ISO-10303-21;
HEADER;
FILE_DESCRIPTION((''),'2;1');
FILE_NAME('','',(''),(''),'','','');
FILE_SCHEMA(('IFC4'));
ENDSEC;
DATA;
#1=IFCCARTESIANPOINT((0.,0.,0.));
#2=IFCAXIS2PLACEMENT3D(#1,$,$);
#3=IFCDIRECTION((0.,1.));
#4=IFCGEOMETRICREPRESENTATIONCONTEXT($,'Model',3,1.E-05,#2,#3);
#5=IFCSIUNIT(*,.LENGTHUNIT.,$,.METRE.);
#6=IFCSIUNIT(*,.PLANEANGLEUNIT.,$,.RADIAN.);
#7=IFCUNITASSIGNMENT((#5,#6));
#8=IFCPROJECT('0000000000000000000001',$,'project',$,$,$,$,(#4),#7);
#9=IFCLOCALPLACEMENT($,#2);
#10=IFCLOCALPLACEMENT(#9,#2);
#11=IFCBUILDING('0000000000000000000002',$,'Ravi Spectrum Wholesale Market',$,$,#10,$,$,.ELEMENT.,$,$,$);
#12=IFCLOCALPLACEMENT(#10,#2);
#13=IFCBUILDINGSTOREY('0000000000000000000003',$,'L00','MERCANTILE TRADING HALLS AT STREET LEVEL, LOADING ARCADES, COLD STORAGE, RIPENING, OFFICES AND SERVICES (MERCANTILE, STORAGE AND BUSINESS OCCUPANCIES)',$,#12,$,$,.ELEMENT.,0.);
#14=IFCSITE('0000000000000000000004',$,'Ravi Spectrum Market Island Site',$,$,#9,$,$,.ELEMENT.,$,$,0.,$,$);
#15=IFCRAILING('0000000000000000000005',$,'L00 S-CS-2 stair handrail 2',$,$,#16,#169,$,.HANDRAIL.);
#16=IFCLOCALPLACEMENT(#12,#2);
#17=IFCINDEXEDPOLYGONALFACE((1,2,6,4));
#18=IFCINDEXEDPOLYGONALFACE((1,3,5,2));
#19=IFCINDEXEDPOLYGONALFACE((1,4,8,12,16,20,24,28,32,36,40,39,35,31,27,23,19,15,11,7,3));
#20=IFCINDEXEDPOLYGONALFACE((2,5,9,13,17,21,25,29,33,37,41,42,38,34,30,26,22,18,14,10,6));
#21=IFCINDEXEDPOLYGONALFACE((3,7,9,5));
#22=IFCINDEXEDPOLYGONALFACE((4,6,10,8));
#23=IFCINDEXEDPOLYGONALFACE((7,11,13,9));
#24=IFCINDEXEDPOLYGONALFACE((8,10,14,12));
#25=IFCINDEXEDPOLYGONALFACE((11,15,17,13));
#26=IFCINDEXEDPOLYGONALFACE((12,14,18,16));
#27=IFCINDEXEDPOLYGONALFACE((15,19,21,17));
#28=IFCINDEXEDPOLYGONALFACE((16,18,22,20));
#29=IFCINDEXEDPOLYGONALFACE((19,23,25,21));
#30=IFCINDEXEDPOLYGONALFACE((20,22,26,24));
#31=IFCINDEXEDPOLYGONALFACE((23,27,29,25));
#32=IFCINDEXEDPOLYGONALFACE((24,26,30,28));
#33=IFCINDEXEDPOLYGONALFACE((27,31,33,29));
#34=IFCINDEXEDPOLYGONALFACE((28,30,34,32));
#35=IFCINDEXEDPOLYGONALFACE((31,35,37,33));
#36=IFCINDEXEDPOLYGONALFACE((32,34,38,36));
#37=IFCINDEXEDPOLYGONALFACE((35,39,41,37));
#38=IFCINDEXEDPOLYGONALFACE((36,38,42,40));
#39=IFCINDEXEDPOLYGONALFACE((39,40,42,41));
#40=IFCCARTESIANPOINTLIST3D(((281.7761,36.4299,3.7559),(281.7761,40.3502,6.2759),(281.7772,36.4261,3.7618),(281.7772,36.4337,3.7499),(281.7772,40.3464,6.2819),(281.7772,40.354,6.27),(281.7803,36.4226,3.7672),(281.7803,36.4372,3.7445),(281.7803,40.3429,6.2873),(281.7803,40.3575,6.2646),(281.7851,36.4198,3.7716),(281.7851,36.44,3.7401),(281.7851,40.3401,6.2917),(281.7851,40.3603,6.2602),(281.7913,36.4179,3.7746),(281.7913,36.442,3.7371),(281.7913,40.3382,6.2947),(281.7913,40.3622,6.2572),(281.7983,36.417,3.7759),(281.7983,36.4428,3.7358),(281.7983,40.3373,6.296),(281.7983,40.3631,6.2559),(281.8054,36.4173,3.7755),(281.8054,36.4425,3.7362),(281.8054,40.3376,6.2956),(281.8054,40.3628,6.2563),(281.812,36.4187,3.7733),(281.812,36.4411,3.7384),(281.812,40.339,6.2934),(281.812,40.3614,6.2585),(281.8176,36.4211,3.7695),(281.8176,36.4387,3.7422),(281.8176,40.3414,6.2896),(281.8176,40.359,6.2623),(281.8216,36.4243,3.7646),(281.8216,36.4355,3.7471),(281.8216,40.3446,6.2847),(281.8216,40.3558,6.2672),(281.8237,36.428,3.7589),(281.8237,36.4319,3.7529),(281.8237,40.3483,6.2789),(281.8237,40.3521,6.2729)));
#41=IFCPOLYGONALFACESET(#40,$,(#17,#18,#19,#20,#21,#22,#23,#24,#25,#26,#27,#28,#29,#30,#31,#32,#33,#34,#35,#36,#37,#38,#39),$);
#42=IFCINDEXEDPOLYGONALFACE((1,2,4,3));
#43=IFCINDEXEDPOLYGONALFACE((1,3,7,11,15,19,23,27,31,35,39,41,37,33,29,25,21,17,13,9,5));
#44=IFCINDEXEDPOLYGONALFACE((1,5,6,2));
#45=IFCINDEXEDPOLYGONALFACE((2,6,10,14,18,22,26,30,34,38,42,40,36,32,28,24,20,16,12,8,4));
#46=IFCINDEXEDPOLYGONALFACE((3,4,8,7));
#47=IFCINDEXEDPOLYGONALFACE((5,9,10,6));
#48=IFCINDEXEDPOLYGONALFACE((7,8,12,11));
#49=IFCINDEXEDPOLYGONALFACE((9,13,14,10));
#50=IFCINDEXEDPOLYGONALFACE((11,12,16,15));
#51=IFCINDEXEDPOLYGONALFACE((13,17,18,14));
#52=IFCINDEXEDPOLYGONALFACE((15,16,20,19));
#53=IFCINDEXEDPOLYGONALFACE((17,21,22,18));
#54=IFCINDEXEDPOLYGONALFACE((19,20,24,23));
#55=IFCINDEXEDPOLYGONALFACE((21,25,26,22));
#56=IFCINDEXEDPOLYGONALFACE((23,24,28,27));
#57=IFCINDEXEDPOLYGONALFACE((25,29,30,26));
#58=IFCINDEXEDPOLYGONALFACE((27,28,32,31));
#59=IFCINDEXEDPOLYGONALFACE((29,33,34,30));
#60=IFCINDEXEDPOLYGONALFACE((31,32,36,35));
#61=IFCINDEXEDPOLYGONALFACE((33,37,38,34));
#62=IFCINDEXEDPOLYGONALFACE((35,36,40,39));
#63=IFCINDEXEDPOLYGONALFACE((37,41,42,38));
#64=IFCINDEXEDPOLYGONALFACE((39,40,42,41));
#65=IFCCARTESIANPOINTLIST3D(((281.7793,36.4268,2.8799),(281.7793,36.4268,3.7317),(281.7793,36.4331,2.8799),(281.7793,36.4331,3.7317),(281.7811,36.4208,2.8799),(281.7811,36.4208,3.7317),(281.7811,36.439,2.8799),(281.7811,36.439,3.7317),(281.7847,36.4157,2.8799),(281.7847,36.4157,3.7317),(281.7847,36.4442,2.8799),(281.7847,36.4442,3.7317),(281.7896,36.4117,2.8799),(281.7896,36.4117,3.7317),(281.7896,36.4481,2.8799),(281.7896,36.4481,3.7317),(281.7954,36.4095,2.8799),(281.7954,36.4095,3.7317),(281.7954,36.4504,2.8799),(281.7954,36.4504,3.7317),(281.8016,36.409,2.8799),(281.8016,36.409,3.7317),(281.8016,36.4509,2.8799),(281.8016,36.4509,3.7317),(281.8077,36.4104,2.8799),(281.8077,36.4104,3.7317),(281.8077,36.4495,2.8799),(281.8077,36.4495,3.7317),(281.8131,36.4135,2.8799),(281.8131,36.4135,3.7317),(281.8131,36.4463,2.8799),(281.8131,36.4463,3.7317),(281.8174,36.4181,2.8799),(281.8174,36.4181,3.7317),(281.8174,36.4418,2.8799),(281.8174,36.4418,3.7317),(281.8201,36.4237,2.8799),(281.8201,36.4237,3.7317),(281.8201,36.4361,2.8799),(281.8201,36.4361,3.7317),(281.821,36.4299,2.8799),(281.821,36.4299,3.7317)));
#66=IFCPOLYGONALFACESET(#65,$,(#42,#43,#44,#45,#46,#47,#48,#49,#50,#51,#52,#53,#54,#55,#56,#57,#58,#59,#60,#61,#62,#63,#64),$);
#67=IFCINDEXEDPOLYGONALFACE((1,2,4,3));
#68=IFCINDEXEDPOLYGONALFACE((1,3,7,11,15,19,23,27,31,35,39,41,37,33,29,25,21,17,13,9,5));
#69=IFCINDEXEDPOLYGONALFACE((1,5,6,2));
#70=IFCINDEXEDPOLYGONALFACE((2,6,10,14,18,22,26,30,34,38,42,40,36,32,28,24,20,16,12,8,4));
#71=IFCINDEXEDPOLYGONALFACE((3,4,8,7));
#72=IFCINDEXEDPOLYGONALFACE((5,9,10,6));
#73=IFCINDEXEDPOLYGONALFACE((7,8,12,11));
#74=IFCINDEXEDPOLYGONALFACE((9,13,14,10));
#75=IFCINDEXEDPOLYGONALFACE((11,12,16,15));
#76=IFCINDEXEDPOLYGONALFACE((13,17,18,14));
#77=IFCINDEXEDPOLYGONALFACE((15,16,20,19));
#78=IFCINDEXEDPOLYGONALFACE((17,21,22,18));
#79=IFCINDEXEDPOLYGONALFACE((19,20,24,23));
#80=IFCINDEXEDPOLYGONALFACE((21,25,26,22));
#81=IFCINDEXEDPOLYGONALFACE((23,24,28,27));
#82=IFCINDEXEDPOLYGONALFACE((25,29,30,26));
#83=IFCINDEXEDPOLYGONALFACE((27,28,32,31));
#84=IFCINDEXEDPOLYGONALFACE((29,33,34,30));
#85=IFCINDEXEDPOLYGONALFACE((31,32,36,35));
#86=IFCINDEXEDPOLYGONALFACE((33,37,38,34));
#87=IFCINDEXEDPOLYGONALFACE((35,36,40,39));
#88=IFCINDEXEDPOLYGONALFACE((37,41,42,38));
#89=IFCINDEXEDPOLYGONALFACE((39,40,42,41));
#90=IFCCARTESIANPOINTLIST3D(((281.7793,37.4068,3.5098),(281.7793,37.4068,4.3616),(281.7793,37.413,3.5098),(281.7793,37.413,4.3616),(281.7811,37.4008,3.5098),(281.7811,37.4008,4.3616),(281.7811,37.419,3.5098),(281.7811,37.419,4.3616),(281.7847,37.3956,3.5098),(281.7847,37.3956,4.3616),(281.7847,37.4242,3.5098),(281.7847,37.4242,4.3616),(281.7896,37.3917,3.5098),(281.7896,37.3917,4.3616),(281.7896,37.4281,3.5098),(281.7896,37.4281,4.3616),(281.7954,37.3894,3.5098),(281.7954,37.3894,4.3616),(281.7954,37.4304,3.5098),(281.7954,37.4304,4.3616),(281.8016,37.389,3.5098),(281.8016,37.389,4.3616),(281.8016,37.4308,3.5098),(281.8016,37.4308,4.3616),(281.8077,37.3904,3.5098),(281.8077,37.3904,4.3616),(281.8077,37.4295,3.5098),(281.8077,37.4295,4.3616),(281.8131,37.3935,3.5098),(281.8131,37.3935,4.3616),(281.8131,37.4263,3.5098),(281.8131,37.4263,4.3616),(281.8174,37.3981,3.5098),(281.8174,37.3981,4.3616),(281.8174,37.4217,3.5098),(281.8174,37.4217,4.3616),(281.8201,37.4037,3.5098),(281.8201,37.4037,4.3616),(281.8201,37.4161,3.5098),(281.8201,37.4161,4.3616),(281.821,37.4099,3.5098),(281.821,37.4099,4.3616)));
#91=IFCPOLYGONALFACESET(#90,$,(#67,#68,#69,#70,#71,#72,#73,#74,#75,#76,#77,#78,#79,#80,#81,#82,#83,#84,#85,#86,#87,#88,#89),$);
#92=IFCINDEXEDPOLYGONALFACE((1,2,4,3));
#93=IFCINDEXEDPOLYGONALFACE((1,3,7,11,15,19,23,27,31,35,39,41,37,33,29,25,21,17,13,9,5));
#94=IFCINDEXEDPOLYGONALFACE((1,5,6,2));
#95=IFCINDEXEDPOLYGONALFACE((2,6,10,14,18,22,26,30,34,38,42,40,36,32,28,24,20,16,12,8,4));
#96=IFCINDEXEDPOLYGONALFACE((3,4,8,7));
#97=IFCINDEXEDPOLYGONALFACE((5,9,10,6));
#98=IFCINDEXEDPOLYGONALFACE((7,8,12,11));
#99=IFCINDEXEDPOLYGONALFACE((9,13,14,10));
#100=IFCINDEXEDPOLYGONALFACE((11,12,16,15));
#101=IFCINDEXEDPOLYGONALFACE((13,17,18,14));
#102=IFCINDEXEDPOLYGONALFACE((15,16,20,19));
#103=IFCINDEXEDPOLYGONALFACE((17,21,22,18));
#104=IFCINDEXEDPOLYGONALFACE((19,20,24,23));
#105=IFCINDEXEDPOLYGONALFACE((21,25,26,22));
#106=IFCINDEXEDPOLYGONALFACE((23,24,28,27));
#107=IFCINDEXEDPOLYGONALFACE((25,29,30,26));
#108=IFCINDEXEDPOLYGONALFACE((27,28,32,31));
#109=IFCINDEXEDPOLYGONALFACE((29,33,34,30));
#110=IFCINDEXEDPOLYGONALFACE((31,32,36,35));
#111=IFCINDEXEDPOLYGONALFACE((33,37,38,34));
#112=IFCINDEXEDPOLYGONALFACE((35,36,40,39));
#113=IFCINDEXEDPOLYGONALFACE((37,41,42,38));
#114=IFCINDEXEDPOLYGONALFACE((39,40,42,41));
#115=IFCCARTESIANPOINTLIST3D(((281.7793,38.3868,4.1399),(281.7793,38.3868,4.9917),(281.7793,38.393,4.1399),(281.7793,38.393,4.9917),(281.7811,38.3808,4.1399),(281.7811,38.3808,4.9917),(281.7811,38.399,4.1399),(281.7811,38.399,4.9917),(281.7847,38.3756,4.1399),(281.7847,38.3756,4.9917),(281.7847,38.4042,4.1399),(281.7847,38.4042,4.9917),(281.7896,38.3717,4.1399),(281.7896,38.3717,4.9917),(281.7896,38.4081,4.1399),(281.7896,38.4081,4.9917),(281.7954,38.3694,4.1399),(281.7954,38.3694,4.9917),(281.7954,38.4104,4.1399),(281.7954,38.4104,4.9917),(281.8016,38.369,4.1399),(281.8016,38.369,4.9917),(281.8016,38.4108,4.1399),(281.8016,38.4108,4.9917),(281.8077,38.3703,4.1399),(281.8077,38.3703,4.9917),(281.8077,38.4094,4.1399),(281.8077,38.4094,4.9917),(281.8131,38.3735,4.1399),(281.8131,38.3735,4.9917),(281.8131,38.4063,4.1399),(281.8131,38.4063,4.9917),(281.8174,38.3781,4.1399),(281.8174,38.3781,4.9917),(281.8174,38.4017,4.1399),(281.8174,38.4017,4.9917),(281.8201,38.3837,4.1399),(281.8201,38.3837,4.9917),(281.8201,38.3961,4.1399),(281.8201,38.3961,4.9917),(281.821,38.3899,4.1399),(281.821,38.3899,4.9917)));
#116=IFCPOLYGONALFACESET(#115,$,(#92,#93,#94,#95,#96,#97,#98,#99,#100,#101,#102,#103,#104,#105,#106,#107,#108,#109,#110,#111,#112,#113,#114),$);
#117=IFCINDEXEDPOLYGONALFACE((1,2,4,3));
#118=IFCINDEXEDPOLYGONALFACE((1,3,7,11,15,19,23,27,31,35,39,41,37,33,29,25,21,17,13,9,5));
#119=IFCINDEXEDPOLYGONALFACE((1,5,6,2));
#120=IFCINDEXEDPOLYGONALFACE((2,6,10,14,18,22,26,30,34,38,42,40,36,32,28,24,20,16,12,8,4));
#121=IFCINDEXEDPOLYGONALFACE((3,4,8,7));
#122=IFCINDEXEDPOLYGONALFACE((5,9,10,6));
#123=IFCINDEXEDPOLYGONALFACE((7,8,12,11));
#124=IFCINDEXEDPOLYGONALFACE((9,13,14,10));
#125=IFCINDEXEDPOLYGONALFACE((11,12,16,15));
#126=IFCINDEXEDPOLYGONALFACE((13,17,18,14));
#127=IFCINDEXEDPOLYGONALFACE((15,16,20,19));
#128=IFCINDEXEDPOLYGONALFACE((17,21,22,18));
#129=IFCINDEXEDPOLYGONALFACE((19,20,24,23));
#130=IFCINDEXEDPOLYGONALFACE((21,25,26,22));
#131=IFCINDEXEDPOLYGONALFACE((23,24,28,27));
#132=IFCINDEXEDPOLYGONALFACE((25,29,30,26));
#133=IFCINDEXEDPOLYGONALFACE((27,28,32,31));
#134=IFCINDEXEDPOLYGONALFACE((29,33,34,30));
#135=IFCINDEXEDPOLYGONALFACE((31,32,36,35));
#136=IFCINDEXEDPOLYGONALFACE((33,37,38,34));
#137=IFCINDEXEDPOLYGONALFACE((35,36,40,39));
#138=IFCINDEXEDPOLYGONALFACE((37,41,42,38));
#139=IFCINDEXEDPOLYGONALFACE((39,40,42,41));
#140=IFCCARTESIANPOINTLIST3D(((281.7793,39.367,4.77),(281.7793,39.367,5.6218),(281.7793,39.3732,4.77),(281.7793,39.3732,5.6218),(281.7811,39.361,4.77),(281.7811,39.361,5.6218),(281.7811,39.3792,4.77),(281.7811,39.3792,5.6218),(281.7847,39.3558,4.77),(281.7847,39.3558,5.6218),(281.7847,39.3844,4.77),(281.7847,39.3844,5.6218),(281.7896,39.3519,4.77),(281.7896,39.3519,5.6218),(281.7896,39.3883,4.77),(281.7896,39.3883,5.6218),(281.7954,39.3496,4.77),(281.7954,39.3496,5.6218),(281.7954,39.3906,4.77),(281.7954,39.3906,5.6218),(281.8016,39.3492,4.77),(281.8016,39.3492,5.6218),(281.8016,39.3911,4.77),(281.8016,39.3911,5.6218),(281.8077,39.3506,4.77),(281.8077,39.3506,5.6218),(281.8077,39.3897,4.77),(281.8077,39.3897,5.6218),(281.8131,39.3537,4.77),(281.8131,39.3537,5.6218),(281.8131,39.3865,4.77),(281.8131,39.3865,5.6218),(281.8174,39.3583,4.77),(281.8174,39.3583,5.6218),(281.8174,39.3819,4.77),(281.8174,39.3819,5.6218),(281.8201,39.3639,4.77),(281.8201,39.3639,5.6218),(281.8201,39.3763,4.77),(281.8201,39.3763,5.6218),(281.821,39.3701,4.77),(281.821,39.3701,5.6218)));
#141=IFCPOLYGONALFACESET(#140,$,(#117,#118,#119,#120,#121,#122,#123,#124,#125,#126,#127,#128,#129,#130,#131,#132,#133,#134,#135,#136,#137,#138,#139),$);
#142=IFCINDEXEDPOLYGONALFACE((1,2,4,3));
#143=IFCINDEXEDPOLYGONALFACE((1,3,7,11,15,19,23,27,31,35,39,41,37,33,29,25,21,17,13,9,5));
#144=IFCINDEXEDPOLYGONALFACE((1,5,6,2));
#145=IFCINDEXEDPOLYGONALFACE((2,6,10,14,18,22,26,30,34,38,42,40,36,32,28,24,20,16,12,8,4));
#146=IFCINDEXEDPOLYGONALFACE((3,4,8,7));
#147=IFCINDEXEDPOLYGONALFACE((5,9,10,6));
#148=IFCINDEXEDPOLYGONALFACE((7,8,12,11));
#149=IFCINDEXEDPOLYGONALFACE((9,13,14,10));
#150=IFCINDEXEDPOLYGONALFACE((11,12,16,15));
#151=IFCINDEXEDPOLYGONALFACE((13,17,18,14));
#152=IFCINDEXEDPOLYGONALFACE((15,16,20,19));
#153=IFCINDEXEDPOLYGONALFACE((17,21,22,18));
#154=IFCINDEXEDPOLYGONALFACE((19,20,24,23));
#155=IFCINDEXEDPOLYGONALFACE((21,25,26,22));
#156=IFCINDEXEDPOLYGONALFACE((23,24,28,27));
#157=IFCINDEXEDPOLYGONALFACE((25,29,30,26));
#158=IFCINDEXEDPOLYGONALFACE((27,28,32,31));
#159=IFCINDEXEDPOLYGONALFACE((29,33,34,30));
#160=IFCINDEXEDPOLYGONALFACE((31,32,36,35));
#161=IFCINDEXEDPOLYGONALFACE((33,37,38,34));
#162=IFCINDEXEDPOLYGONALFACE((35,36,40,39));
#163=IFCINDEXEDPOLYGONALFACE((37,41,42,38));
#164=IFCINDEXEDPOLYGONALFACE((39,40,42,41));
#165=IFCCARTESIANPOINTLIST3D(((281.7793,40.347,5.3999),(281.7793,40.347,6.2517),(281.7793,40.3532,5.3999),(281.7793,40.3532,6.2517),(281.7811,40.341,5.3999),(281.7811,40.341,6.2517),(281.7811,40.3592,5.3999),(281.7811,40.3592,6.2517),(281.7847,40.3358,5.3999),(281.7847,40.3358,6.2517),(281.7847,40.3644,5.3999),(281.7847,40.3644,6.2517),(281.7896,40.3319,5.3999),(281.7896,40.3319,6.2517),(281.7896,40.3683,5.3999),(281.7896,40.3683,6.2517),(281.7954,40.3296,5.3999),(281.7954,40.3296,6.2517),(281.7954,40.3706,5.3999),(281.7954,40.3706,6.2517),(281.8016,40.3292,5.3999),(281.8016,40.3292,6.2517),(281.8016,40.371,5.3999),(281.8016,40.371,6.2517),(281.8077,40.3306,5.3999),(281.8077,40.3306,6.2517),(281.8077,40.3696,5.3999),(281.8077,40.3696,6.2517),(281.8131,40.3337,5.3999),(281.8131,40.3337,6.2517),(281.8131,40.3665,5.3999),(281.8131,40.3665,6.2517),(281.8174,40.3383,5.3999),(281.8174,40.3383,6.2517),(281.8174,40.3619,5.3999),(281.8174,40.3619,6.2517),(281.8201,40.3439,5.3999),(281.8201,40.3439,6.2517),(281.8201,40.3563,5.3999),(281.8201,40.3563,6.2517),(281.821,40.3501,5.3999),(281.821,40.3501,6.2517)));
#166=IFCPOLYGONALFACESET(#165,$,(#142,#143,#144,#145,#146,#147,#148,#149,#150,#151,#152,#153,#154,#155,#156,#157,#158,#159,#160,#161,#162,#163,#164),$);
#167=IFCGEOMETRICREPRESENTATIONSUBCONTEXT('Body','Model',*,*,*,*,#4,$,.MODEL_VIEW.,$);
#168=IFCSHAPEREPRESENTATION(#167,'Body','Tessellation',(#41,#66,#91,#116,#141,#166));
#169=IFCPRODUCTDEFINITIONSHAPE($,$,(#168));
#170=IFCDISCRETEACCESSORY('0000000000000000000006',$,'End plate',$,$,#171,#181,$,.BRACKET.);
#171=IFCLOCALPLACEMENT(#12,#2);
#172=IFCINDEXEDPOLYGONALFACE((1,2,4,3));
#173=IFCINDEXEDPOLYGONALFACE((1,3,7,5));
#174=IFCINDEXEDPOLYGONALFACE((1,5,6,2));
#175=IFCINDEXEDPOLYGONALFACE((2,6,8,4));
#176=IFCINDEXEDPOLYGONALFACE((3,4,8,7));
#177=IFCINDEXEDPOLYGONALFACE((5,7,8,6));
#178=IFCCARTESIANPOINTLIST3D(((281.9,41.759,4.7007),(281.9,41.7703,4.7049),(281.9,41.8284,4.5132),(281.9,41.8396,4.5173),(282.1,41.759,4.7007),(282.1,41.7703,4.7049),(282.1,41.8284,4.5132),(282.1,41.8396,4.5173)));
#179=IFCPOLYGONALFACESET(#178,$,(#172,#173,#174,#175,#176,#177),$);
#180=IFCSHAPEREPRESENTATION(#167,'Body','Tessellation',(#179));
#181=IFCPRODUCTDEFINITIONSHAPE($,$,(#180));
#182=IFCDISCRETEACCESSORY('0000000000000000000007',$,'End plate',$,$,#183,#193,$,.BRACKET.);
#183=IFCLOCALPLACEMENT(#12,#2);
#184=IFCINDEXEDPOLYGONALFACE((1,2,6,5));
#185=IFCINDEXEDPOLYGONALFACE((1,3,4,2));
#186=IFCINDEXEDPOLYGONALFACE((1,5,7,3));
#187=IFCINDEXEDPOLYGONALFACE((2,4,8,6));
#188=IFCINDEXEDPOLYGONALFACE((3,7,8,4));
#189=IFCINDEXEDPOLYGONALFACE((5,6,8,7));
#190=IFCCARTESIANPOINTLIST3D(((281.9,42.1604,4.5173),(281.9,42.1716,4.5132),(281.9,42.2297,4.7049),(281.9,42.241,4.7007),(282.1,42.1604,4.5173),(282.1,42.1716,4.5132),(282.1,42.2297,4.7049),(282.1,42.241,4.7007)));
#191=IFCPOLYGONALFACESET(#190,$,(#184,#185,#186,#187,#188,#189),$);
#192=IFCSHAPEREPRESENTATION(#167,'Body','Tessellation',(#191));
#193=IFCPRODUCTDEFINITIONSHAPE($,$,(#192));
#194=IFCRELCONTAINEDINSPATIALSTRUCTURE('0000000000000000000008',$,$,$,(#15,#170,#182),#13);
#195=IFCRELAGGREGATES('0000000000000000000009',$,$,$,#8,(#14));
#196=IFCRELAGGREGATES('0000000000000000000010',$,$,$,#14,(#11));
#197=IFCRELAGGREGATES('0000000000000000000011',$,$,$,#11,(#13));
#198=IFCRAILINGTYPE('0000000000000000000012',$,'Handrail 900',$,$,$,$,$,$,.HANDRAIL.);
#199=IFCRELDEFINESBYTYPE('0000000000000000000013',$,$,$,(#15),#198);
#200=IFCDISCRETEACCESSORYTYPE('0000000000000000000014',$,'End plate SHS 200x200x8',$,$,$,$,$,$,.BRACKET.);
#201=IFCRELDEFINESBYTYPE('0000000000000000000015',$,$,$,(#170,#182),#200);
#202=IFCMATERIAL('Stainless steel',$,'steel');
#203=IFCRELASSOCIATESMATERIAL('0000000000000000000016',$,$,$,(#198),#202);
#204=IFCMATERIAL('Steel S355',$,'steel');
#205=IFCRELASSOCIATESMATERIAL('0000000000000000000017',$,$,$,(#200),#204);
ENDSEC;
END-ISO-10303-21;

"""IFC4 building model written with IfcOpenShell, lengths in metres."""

from ifc_helpers import new_model, si_unit, direction, frame, origin, origin_2d, place, context, subcontext, project, spatial, rectangle, circle, extrude, material, material_profile, profile_set, type_object, element, save


model = new_model("IFC4")

# Units and contexts
model_context = context("Model", 3, precision=1e-05, world=origin(), true_north=direction((0.0, 1.0)))
body_context = subcontext(model_context, "Body", "Model", "MODEL_VIEW")
ifc_project = project(units=[si_unit("LENGTHUNIT", "METRE"), si_unit("PLANEANGLEUNIT", "RADIAN")], contexts=[model_context])

# Site, building, storey
site_placement = place(None, origin())
site = spatial("IfcSite", under=ifc_project, at=site_placement, Name="Ravi Spectrum Market Island Site", CompositionType="ELEMENT", RefElevation=0.0)
building_placement = place(site_placement, origin())
building = spatial("IfcBuilding", under=site, at=building_placement, Name="Ravi Spectrum Wholesale Market", CompositionType="ELEMENT")
storey_placement = place(building_placement, origin())
storey = spatial("IfcBuildingStorey", under=building, at=storey_placement, Name="L00", Description="MERCANTILE TRADING HALLS AT STREET LEVEL, LOADING ARCADES, COLD STORAGE, RIPENING, OFFICES AND SERVICES (MERCANTILE, STORAGE AND BUSINESS OCCUPANCIES)", CompositionType="ELEMENT", Elevation=0.0)

# Railing
ifc_material_1 = material(Name="Stainless steel", Category="steel")
railing_type_1 = type_object("IfcRailingType", Name="Handrail 900", PredefinedType="HANDRAIL", material=ifc_material_1)
railing_1_placement = place(storey_placement, frame((281.8, 36.4299, 2.8799)))
element("IfcRailing", 1, at=railing_1_placement, inside=storey, type_object=railing_type_1, Name="L00 S-CS-2 stair handrail 2", PredefinedType="HANDRAIL", context=body_context, shape_type="SweptSolid", body=[
    extrude(circle(Radius=0.0239, at=origin_2d()), frame((0.0, 0.0, 0.876), z_axis=(0.0, 0.841187, 0.540744), x_axis=(-1.0, 0.0, 0.0)), (0.0, 0.0, 1.0), 4.6604),
    extrude(circle(Radius=0.021, at=origin_2d()), origin(), (0.0, 0.0, 1.0), 0.8518),
    extrude(circle(Radius=0.021, at=origin_2d()), frame((0.0, 0.98, 0.6299)), (0.0, 0.0, 1.0), 0.8518),
    extrude(circle(Radius=0.021, at=origin_2d()), frame((0.0, 1.96, 1.26)), (0.0, 0.0, 1.0), 0.8518),
    extrude(circle(Radius=0.021, at=origin_2d()), frame((0.0, 2.9402, 1.8901)), (0.0, 0.0, 1.0), 0.8518),
    extrude(circle(Radius=0.021, at=origin_2d()), frame((0.0, 3.9202, 2.52)), (0.0, 0.0, 1.0), 0.8518),
])

# Discrete accessories
ifc_material_2 = material(Name="Steel S355", Category="steel")
ifc_material_profile_1 = material_profile(ifc_material_2, rectangle(XDim=0.2, YDim=0.2, at=origin_2d()))
ifc_profile_set_1 = profile_set([ifc_material_profile_1], Name="Steel S355")
discrete_accessory_type = type_object("IfcDiscreteAccessoryType", Name="End plate SHS 200x200x8", PredefinedType="BRACKET", material=ifc_profile_set_1)
for number, where, z_axis, x_axis, name in (
    (2, (282.0, 41.7937, 4.6069), (0.0, 0.937994, 0.34665), (-1.0, 0.0, 0.0), "End plate"),
    (3, (282.0, 42.2063, 4.6069), (0.0, -0.937994, 0.34665), (1.0, 0.0, 0.0), "End plate"),
):
    element("IfcDiscreteAccessory", number, at=place(storey_placement, frame(where, z_axis=z_axis, x_axis=x_axis)), inside=storey, type_object=discrete_accessory_type, Name=name, PredefinedType="BRACKET", context=body_context, shape_type="SweptSolid", body=[
        extrude(rectangle(XDim=0.2, YDim=0.2, at=origin_2d()), origin(), (0.0, 0.0, 1.0), 0.012),
    ])

save(model, "model.ifc")
